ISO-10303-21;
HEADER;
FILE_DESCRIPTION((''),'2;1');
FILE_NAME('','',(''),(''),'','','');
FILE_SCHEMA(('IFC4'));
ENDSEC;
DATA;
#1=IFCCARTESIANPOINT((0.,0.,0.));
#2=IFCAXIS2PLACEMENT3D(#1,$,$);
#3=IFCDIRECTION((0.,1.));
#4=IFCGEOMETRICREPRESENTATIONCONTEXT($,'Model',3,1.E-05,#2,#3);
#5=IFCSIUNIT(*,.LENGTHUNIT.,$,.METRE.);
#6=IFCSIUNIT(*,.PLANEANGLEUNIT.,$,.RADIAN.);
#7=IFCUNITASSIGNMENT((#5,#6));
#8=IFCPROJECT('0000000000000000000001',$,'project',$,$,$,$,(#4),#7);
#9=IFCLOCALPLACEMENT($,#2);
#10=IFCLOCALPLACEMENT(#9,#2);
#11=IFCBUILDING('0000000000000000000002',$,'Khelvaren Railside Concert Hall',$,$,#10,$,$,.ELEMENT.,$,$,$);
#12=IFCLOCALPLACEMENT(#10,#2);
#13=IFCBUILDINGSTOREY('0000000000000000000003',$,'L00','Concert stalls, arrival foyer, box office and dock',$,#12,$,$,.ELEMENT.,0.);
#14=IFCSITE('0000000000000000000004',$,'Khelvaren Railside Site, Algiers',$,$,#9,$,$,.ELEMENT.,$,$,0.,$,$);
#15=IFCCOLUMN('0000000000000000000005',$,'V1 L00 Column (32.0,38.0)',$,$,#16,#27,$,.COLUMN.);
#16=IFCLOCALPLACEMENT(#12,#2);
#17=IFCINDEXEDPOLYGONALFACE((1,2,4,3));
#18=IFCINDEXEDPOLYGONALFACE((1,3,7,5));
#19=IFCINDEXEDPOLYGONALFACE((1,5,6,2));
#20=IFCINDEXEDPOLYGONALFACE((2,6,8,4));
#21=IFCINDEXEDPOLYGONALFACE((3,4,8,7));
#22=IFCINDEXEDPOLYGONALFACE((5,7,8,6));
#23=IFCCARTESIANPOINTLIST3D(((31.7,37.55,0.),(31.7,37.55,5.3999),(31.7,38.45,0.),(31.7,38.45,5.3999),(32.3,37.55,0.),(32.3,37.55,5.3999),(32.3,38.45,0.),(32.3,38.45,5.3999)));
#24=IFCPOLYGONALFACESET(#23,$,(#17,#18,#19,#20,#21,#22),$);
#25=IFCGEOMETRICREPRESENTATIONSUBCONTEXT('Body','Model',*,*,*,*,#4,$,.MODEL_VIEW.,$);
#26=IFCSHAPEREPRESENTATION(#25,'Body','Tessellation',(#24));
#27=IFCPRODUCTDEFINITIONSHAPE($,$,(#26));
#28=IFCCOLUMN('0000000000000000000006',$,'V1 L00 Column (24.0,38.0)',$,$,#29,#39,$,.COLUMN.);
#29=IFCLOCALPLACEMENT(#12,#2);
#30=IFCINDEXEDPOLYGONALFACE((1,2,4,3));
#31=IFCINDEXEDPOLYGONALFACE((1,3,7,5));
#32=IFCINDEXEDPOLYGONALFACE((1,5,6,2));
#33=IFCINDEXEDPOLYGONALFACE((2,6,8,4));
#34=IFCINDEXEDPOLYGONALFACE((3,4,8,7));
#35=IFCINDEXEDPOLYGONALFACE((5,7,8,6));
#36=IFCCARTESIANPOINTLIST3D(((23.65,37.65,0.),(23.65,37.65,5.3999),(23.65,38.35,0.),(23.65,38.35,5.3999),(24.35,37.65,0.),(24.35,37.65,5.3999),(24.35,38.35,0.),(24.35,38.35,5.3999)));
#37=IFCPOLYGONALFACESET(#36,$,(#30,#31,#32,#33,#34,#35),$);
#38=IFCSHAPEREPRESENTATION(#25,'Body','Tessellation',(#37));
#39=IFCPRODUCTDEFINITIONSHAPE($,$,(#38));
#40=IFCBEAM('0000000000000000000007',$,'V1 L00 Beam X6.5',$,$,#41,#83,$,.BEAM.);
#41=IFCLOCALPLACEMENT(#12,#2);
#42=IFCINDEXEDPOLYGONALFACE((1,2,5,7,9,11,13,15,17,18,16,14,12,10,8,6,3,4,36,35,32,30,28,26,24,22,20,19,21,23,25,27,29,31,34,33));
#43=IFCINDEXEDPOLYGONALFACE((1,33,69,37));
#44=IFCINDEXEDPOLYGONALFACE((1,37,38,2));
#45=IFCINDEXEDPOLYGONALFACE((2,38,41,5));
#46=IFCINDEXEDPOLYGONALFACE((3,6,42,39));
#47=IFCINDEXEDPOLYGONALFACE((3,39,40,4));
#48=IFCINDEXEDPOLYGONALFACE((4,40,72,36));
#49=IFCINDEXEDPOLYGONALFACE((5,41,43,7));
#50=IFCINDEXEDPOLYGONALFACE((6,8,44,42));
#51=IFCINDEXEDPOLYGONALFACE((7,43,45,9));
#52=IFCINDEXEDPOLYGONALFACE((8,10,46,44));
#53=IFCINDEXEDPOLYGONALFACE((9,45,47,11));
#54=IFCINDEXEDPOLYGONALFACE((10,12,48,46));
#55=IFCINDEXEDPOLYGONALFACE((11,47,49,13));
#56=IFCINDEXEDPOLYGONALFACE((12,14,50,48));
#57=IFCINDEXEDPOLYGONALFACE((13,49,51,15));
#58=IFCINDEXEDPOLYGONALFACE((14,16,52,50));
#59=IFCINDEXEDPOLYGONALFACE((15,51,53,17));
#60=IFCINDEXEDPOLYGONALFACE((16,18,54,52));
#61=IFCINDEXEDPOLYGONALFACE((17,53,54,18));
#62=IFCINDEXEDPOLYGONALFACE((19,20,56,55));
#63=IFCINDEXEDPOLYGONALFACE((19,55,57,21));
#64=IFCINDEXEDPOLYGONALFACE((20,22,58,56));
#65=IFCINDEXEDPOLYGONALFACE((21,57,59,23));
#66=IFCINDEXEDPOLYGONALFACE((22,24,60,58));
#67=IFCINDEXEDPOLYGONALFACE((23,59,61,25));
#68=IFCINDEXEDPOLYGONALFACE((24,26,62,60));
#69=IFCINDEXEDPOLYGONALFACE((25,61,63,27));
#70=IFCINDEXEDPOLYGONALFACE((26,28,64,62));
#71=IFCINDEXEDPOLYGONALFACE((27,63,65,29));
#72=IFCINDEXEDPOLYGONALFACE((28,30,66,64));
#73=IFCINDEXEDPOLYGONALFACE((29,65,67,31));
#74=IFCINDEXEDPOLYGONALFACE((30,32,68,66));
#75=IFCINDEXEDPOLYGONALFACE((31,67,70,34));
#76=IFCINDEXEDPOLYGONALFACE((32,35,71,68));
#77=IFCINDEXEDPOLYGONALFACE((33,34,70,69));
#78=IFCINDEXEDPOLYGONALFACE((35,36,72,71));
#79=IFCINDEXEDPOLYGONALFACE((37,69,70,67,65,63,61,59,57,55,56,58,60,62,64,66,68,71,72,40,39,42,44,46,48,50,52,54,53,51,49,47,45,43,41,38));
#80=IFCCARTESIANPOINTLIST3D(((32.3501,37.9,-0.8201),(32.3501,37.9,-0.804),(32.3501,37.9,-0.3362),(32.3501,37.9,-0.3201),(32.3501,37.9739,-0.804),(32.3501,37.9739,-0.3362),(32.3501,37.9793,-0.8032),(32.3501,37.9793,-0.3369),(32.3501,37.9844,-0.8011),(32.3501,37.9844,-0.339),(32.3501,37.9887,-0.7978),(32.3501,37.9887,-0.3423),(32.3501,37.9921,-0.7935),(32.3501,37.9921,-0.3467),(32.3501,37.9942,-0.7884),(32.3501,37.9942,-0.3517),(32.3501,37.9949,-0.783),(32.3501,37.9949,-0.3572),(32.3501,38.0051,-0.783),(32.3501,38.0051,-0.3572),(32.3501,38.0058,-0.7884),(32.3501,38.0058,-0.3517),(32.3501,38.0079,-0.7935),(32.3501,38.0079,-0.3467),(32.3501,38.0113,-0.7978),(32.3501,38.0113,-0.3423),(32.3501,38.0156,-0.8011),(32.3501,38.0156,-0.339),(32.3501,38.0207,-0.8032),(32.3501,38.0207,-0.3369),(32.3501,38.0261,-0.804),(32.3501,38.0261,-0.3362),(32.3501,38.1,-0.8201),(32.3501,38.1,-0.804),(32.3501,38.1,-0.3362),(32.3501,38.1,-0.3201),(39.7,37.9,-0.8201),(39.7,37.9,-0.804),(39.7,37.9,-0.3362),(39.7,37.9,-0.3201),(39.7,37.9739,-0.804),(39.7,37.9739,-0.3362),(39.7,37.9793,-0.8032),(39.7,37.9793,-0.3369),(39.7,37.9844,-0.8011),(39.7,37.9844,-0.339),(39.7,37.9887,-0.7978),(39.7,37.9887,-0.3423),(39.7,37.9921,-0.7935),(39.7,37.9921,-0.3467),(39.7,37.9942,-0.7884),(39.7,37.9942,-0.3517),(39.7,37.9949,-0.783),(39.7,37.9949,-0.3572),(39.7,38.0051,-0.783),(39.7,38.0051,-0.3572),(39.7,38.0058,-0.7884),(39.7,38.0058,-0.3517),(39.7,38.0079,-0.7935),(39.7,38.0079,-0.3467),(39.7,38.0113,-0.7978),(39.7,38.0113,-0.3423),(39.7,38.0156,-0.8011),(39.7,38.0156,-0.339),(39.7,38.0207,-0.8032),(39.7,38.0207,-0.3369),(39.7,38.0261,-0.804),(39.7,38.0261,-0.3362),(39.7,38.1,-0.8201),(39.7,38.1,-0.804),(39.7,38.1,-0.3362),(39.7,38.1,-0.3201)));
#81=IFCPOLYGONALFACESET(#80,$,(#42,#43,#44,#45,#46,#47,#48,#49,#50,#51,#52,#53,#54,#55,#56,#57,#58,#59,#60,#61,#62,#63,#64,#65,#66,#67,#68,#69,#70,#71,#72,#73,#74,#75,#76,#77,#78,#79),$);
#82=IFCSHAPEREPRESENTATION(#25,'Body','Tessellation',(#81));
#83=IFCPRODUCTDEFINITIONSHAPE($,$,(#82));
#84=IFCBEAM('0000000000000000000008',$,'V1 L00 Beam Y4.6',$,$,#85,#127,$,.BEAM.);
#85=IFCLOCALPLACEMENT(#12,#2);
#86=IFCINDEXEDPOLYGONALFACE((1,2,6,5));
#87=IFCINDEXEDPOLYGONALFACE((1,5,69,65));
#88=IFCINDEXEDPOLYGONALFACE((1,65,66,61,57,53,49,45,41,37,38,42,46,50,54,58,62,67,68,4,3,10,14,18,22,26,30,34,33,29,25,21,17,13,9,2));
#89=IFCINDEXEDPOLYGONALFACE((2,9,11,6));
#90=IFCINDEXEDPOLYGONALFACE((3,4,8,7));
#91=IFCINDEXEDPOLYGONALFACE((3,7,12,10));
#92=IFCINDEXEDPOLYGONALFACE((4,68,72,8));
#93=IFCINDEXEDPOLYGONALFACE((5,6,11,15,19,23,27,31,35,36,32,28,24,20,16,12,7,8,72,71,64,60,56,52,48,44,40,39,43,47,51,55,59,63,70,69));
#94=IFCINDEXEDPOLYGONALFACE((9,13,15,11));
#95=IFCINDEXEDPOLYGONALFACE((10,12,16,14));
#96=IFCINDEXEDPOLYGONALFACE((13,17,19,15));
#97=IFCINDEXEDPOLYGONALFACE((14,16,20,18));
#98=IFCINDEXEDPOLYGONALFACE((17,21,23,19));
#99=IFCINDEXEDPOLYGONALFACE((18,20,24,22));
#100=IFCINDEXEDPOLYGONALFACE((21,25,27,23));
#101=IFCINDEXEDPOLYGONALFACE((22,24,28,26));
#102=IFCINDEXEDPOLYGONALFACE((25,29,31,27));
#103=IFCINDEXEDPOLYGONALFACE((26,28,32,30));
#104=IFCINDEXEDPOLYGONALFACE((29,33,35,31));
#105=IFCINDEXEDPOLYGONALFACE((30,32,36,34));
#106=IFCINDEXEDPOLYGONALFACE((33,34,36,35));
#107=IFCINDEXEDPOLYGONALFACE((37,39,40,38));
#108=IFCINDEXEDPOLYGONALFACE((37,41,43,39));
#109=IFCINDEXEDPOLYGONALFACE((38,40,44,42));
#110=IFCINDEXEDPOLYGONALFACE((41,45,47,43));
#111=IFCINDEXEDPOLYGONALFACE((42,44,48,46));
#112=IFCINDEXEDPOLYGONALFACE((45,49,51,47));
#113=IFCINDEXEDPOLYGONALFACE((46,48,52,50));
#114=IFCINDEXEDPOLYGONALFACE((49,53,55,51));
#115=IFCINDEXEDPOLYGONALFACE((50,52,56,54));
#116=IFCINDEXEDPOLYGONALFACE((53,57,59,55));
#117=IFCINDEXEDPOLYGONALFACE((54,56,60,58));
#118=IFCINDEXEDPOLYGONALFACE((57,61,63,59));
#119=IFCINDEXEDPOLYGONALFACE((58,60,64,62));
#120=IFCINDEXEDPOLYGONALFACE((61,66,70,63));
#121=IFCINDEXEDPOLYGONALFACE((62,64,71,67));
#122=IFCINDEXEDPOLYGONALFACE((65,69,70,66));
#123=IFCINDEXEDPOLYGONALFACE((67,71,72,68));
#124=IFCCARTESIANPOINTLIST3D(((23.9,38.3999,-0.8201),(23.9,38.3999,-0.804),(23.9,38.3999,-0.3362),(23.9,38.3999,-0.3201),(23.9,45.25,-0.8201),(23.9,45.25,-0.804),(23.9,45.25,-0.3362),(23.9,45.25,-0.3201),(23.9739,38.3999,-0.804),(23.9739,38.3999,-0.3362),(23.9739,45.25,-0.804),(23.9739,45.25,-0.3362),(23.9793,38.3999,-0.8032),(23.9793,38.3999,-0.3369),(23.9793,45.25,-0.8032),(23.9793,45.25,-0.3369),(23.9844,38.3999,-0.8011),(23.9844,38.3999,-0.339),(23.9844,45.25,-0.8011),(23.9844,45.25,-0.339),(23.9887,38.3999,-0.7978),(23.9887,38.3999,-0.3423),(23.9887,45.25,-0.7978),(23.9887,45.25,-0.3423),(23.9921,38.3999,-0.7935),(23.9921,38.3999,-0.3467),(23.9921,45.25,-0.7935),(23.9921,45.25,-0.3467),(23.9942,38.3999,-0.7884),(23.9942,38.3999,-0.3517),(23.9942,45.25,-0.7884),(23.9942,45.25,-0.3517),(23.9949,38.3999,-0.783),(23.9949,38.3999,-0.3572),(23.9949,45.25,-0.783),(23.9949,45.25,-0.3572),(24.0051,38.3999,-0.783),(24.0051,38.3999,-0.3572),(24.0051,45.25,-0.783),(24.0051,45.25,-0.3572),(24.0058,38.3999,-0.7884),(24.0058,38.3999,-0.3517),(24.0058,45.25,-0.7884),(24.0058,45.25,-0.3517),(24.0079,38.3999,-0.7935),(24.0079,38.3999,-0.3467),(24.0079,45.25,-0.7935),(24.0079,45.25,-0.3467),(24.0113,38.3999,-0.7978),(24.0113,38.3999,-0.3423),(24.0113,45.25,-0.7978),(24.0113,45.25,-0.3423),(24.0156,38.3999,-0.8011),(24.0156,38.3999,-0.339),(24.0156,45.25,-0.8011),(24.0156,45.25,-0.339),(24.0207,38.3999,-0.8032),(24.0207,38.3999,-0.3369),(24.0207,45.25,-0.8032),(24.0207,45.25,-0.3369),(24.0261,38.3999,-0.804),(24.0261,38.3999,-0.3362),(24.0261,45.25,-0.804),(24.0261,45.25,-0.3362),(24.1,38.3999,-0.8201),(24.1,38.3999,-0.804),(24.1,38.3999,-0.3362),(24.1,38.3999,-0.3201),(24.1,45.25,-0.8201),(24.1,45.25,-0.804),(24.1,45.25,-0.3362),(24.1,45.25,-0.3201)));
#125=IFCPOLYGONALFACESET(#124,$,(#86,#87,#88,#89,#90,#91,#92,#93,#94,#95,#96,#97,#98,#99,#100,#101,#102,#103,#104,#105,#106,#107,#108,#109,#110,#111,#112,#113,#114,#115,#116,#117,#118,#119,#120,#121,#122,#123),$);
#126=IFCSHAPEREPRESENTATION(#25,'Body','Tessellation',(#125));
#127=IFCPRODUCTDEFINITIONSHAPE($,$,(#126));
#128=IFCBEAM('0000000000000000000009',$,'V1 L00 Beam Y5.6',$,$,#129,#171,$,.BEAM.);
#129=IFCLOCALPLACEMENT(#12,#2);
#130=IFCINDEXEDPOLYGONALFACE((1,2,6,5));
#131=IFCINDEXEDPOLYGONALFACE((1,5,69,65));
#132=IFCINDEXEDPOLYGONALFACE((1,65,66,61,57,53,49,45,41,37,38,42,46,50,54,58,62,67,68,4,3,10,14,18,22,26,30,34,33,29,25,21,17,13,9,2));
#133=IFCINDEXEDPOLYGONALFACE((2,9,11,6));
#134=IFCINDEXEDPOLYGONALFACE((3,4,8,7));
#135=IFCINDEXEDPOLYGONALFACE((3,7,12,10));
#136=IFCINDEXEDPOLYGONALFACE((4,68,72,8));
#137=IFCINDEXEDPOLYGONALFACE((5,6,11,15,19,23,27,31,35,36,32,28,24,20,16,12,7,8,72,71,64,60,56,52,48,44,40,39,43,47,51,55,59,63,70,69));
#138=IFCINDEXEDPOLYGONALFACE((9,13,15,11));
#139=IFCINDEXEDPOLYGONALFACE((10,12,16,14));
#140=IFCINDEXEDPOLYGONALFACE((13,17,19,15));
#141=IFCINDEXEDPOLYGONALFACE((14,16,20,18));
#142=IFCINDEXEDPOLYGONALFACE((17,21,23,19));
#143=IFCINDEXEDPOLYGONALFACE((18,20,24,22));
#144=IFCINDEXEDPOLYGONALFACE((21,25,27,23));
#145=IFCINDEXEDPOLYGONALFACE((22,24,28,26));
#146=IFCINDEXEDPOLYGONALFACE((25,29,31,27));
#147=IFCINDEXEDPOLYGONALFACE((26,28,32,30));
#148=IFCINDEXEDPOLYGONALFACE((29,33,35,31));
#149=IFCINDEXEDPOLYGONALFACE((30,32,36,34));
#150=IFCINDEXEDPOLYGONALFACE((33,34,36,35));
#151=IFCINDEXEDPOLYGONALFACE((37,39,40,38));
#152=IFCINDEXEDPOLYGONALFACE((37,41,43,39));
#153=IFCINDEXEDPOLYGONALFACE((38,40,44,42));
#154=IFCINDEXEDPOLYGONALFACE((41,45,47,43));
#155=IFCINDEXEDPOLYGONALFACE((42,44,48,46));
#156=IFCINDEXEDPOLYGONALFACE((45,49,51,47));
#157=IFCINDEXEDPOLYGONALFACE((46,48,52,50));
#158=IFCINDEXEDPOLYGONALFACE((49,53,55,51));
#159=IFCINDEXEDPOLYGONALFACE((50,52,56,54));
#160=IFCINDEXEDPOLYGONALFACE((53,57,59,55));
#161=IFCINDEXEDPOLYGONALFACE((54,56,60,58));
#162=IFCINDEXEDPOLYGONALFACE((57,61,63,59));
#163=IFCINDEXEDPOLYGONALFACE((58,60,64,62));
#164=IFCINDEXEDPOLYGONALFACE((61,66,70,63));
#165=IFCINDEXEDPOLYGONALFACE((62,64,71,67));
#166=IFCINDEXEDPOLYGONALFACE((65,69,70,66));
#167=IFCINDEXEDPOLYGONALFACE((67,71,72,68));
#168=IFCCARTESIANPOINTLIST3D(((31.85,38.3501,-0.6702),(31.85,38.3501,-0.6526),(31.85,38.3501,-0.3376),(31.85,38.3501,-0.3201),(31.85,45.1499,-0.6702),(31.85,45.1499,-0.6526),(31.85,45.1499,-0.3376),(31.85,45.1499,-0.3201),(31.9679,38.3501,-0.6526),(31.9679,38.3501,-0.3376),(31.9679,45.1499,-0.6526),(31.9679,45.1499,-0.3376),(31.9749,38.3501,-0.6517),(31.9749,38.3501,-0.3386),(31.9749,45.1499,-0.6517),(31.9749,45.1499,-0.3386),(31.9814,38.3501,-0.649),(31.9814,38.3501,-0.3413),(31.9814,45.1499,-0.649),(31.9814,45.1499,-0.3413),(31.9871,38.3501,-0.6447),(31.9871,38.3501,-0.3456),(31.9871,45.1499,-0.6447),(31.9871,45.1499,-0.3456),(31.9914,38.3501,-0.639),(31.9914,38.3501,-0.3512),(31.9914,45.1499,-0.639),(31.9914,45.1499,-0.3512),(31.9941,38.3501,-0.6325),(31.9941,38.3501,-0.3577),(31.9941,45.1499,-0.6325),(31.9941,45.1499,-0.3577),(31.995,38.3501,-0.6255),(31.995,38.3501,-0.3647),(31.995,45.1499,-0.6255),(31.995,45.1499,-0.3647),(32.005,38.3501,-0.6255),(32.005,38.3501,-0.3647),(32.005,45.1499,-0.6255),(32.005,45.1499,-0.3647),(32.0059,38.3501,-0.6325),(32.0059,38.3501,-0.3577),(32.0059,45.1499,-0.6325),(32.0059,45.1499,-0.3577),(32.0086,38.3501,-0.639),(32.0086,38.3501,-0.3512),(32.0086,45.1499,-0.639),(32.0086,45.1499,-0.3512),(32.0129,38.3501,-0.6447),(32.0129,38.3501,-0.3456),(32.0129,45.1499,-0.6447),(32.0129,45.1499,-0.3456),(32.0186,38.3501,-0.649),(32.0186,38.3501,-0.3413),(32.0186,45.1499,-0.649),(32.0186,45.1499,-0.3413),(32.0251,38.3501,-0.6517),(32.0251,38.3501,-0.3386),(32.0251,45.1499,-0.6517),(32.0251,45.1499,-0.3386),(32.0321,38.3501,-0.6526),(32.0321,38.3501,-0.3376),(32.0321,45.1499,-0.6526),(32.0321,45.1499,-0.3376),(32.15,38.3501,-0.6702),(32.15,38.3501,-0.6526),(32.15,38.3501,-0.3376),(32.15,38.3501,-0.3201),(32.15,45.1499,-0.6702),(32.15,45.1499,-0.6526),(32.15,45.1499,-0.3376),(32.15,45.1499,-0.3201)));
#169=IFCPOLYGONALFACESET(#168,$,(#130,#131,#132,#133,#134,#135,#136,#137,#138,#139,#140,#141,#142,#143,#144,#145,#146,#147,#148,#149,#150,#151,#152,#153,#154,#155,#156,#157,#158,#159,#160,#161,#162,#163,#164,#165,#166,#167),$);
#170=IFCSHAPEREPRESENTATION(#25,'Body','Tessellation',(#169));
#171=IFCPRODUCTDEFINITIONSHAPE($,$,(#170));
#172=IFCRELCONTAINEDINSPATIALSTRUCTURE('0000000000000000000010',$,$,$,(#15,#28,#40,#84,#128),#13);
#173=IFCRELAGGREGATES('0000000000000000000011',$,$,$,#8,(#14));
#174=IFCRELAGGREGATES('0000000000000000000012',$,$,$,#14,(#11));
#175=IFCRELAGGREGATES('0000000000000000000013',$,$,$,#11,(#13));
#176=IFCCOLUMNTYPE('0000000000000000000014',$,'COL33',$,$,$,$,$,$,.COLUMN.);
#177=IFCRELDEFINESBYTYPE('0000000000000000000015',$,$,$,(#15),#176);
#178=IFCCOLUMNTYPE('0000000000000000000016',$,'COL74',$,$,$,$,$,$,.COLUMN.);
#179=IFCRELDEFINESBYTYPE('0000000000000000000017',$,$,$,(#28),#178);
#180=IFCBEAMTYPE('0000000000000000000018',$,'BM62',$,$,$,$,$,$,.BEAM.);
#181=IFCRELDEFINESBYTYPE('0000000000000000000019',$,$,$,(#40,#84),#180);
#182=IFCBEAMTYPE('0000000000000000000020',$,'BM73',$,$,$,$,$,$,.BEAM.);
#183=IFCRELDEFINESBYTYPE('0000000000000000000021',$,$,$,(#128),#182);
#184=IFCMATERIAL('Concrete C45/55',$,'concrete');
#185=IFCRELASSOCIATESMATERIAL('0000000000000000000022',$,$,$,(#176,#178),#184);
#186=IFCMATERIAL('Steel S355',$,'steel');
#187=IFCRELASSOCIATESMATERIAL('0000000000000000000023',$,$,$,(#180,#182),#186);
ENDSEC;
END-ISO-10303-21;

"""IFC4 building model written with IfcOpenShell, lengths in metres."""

from ifc_helpers import new_model, si_unit, direction, frame, origin, origin_2d, place, context, subcontext, project, spatial, rectangle, i_section, extrude, material, material_profile, profile_set, type_object, element, save


model = new_model("IFC4")

# Units and contexts
model_context = context("Model", 3, precision=1e-05, world=origin(), true_north=direction((0.0, 1.0)))
body_context = subcontext(model_context, "Body", "Model", "MODEL_VIEW")
ifc_project = project(units=[si_unit("LENGTHUNIT", "METRE"), si_unit("PLANEANGLEUNIT", "RADIAN")], contexts=[model_context])

# Site, building, storey
site_placement = place(None, origin())
site = spatial("IfcSite", under=ifc_project, at=site_placement, Name="Khelvaren Railside Site, Algiers", CompositionType="ELEMENT", RefElevation=0.0)
building_placement = place(site_placement, origin())
building = spatial("IfcBuilding", under=site, at=building_placement, Name="Khelvaren Railside Concert Hall", CompositionType="ELEMENT")
storey_placement = place(building_placement, origin())
storey = spatial("IfcBuildingStorey", under=building, at=storey_placement, Name="L00", Description="Concert stalls, arrival foyer, box office and dock", CompositionType="ELEMENT", Elevation=0.0)

# Columns
ifc_material_1 = material(Name="Concrete C45/55", Category="concrete")
ifc_material_profile_1 = material_profile(ifc_material_1, rectangle(XDim=0.6001, YDim=0.8999, at=origin_2d()), Name="RC 600x900")
ifc_profile_set_1 = profile_set([ifc_material_profile_1], Name="Concrete C45/55")
column_type_1 = type_object("IfcColumnType", Name="COL33", PredefinedType="COLUMN", material=ifc_profile_set_1)
column_1_placement = place(storey_placement, frame((32.0, 38.0, 0.0), z_axis=(0.0, 0.0, 1.0), x_axis=(1.0, 0.0, 0.0)))
element("IfcColumn", 1, at=column_1_placement, inside=storey, type_object=column_type_1, Name="V1 L00 Column (32.0,38.0)", PredefinedType="COLUMN", context=body_context, shape_type="SweptSolid", body=[
    extrude(rectangle(XDim=0.6001, YDim=0.8999, at=origin_2d()), origin(), (0.0, 0.0, 1.0), 5.3999),
])
ifc_material_profile_2 = material_profile(ifc_material_1, rectangle(XDim=0.7, YDim=0.7, at=origin_2d()), Name="RC 700x700")
ifc_profile_set_2 = profile_set([ifc_material_profile_2], Name="Concrete C45/55")
column_type_2 = type_object("IfcColumnType", Name="COL74", PredefinedType="COLUMN", material=ifc_profile_set_2)
column_2_placement = place(storey_placement, frame((24.0, 38.0, 0.0), z_axis=(0.0, 0.0, 1.0), x_axis=(1.0, 0.0, 0.0)))
element("IfcColumn", 2, at=column_2_placement, inside=storey, type_object=column_type_2, Name="V1 L00 Column (24.0,38.0)", PredefinedType="COLUMN", context=body_context, shape_type="SweptSolid", body=[
    extrude(rectangle(XDim=0.7, YDim=0.7, at=origin_2d()), origin(), (0.0, 0.0, 1.0), 5.3999),
])

# Beams
ifc_material_2 = material(Name="Steel S355", Category="steel")
ifc_material_profile_3 = material_profile(ifc_material_2, i_section(OverallWidth=0.2, OverallDepth=0.5, WebThickness=0.0103, FlangeThickness=0.0161, FilletRadius=0.021, at=origin_2d()), Name="IPE 500")
ifc_profile_set_3 = profile_set([ifc_material_profile_3], Name="Steel S355")
beam_type_1 = type_object("IfcBeamType", Name="BM62", PredefinedType="BEAM", material=ifc_profile_set_3)
beam_1_placement = place(storey_placement, frame((32.3501, 38.0, -0.5701), z_axis=(1.0, 0.0, 0.0), x_axis=(0.0, 1.0, 0.0)))
element("IfcBeam", 3, at=beam_1_placement, inside=storey, type_object=beam_type_1, Name="V1 L00 Beam X6.5", PredefinedType="BEAM", context=body_context, shape_type="SweptSolid", body=[
    extrude(i_section(OverallWidth=0.2, OverallDepth=0.5, WebThickness=0.0103, FlangeThickness=0.0161, FilletRadius=0.021, at=origin_2d()), origin(), (0.0, 0.0, 1.0), 7.3499),
])
beam_2_placement = place(storey_placement, frame((24.0, 38.3999, -0.5701), z_axis=(0.0, 1.0, 0.0), x_axis=(-1.0, 0.0, 0.0)))
element("IfcBeam", 4, at=beam_2_placement, inside=storey, type_object=beam_type_1, Name="V1 L00 Beam Y4.6", PredefinedType="BEAM", context=body_context, shape_type="SweptSolid", body=[
    extrude(i_section(OverallWidth=0.2, OverallDepth=0.5, WebThickness=0.0103, FlangeThickness=0.0161, FilletRadius=0.021, at=origin_2d()), origin(), (0.0, 0.0, 1.0), 6.8501),
])
ifc_material_profile_4 = material_profile(ifc_material_2, i_section(OverallWidth=0.3, OverallDepth=0.3501, WebThickness=0.01, FlangeThickness=0.0176, FilletRadius=0.0271, at=origin_2d()), Name="HEA 360")
ifc_profile_set_4 = profile_set([ifc_material_profile_4], Name="Steel S355")
beam_type_2 = type_object("IfcBeamType", Name="BM73", PredefinedType="BEAM", material=ifc_profile_set_4)
beam_3_placement = place(storey_placement, frame((32.0, 38.3501, -0.4951), z_axis=(0.0, 1.0, 0.0), x_axis=(-1.0, 0.0, 0.0)))
element("IfcBeam", 5, at=beam_3_placement, inside=storey, type_object=beam_type_2, Name="V1 L00 Beam Y5.6", PredefinedType="BEAM", context=body_context, shape_type="SweptSolid", body=[
    extrude(i_section(OverallWidth=0.3, OverallDepth=0.3501, WebThickness=0.01, FlangeThickness=0.0176, FilletRadius=0.0271, at=origin_2d()), origin(), (0.0, 0.0, 1.0), 6.7998),
])

save(model, "model.ifc")
